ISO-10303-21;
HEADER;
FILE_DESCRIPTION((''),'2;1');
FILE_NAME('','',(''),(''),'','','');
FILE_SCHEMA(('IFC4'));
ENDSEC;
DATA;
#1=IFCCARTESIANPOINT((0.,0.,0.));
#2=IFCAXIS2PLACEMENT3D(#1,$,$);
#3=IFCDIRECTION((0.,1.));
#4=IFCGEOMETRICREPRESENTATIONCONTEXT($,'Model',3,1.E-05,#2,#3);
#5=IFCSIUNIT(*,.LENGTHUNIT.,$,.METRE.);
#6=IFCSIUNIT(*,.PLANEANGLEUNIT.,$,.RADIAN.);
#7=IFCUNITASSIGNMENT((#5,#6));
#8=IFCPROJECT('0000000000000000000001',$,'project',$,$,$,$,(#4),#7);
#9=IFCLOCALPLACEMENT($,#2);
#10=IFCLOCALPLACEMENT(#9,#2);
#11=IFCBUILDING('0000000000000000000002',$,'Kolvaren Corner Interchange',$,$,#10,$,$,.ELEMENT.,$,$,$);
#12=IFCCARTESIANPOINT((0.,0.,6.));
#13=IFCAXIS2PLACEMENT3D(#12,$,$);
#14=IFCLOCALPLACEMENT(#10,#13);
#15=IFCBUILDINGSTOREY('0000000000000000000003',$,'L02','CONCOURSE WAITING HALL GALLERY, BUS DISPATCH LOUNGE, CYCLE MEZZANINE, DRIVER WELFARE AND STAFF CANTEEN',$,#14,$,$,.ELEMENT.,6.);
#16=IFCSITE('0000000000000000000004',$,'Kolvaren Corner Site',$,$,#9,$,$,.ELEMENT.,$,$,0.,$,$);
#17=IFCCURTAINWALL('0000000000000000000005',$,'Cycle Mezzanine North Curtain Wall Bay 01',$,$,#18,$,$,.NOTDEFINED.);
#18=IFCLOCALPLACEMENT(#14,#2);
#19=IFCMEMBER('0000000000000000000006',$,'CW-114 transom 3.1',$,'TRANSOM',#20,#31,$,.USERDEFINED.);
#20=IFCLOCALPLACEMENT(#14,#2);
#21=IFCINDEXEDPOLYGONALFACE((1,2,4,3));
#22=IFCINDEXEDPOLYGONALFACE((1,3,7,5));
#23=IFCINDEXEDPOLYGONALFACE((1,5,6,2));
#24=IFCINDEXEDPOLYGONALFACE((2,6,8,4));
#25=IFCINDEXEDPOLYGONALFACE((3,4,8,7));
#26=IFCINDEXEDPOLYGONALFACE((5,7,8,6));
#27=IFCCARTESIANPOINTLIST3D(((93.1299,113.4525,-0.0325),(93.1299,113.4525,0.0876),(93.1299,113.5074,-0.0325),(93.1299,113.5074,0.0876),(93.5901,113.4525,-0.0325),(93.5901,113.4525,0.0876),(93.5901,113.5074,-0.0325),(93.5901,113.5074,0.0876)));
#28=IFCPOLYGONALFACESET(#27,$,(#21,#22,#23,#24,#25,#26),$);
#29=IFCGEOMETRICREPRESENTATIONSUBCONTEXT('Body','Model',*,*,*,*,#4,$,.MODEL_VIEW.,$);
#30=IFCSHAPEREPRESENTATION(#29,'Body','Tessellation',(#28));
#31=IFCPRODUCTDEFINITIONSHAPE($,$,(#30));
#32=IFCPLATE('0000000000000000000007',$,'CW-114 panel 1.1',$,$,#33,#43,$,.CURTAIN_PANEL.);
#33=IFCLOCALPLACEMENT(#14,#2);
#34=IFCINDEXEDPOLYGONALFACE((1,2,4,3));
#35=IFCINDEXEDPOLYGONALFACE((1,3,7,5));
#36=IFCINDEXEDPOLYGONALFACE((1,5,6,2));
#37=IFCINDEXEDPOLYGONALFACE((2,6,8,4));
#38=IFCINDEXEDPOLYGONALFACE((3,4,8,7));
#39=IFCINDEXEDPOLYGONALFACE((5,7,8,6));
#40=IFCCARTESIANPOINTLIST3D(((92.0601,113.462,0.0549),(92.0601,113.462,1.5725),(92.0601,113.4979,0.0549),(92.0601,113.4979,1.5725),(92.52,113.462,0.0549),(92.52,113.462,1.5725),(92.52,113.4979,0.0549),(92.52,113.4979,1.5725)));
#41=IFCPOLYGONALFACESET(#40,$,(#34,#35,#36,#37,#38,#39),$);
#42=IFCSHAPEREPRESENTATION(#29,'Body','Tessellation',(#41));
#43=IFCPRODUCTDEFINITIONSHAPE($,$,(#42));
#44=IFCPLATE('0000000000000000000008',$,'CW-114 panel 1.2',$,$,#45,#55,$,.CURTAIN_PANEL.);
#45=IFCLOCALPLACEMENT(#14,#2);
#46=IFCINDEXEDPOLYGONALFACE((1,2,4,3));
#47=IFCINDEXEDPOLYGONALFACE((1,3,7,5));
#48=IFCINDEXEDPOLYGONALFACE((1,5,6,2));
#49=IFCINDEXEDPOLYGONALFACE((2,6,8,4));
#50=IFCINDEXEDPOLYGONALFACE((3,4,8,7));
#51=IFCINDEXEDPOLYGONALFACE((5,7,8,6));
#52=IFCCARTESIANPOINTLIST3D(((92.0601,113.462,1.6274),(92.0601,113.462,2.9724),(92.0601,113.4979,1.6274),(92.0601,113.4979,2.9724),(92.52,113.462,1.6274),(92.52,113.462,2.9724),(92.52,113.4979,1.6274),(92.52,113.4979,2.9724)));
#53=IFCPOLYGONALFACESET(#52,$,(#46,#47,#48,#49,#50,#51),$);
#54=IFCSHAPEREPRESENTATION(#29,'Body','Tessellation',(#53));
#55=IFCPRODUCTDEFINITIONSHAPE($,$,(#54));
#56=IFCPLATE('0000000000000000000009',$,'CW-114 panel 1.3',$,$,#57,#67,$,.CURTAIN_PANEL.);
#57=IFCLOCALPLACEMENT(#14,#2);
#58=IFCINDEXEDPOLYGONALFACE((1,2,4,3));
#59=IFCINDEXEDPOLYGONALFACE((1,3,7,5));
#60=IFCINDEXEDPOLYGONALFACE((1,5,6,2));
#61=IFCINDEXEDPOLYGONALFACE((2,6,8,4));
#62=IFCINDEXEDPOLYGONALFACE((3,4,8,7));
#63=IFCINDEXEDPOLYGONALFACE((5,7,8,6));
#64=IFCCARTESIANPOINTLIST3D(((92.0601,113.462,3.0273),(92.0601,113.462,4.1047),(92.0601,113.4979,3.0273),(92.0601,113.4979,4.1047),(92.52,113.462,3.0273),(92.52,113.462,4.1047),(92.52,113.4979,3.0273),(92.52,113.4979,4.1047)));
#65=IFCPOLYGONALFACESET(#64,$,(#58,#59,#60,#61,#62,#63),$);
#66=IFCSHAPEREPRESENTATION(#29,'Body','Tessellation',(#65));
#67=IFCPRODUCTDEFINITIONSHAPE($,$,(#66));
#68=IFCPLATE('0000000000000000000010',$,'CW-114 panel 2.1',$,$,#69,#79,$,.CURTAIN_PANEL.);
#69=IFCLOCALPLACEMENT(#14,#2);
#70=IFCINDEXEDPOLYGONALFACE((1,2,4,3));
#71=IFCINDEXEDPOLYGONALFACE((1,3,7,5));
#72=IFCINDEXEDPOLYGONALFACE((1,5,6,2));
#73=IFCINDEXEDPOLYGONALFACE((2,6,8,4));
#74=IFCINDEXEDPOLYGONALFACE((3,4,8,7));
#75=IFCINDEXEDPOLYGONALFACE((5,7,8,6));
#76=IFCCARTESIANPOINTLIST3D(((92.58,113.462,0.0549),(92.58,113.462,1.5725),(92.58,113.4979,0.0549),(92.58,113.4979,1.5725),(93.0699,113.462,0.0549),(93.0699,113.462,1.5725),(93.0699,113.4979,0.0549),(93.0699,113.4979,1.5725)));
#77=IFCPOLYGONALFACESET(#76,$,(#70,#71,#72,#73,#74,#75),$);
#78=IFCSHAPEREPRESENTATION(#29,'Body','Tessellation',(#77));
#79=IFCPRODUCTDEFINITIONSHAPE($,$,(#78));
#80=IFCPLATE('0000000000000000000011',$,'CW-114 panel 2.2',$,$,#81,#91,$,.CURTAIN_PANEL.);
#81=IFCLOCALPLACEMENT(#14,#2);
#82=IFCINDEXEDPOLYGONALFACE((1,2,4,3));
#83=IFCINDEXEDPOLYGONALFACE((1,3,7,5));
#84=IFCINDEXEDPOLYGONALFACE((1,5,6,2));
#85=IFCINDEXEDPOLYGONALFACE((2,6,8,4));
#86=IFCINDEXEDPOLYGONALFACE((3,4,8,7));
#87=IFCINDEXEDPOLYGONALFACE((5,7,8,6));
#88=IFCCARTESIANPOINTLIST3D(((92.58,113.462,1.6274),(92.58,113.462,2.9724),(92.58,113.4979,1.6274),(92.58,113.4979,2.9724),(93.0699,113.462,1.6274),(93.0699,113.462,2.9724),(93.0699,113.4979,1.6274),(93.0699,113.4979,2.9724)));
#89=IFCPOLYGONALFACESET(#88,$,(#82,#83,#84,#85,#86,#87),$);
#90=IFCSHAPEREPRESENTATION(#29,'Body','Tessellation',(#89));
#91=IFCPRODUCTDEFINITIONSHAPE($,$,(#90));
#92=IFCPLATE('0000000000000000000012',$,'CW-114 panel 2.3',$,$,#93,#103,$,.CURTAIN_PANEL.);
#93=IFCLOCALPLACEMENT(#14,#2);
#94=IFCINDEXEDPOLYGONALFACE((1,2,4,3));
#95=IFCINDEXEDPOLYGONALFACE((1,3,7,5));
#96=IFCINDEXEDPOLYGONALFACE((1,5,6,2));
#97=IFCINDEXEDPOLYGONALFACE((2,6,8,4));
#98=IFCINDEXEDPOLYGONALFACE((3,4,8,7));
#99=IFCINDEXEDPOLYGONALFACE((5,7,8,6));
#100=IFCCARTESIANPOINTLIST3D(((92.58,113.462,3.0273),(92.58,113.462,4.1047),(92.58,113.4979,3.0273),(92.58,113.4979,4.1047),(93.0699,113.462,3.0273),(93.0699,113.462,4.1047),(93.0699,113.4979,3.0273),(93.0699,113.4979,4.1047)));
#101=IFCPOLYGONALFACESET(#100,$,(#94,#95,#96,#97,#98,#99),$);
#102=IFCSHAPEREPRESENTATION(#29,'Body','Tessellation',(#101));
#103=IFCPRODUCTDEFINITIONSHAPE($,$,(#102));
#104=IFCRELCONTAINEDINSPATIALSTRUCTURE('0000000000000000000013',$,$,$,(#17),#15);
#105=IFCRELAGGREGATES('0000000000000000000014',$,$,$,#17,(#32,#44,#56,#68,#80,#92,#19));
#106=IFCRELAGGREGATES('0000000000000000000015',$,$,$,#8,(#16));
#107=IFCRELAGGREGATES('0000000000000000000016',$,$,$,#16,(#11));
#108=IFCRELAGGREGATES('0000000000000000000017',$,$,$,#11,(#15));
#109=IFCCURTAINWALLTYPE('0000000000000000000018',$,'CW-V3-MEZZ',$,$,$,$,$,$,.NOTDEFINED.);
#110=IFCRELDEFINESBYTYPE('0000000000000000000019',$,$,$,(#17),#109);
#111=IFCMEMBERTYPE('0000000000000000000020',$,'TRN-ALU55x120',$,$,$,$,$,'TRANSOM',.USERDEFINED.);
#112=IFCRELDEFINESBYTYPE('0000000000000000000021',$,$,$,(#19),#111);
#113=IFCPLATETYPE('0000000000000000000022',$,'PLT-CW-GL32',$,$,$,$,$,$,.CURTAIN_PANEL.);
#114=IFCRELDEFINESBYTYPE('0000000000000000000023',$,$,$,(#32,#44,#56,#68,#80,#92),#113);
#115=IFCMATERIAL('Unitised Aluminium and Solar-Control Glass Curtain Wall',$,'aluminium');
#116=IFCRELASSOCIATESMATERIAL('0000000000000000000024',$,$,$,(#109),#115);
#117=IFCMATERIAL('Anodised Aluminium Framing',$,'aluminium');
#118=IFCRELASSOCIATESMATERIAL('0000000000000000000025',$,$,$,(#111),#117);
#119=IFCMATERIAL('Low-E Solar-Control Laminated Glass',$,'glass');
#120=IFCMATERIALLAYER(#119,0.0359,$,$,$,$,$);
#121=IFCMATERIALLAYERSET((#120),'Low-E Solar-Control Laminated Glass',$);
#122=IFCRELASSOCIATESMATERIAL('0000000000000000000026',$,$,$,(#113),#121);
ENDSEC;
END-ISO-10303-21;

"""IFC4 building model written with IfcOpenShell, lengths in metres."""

from ifc_helpers import new_model, si_unit, direction, frame, origin, origin_2d, place, context, subcontext, project, spatial, rectangle, extrude, material, layer, layer_set, material_profile, profile_set, type_object, element, aggregate, save


model = new_model("IFC4")

# Units and contexts
model_context = context("Model", 3, precision=1e-05, world=origin(), true_north=direction((0.0, 1.0)))
body_context = subcontext(model_context, "Body", "Model", "MODEL_VIEW")
ifc_project = project(units=[si_unit("LENGTHUNIT", "METRE"), si_unit("PLANEANGLEUNIT", "RADIAN")], contexts=[model_context])

# Site, building, storey
site_placement = place(None, origin())
site = spatial("IfcSite", under=ifc_project, at=site_placement, Name="Kolvaren Corner Site", CompositionType="ELEMENT", RefElevation=0.0)
building_placement = place(site_placement, origin())
building = spatial("IfcBuilding", under=site, at=building_placement, Name="Kolvaren Corner Interchange", CompositionType="ELEMENT")
storey_placement = place(building_placement, frame((0.0, 0.0, 6.0)))
storey = spatial("IfcBuildingStorey", under=building, at=storey_placement, Name="L02", Description="CONCOURSE WAITING HALL GALLERY, BUS DISPATCH LOUNGE, CYCLE MEZZANINE, DRIVER WELFARE AND STAFF CANTEEN", CompositionType="ELEMENT", Elevation=6.0)

# Curtain wall, member, plates
ifc_material_1 = material(Name="Unitised Aluminium and Solar-Control Glass Curtain Wall", Category="aluminium")
curtain_wall_type = type_object("IfcCurtainWallType", Name="CW-V3-MEZZ", PredefinedType="NOTDEFINED", material=ifc_material_1)
curtain_wall_placement = place(storey_placement, origin())
curtain_wall = element("IfcCurtainWall", 1, at=curtain_wall_placement, inside=storey, type_object=curtain_wall_type, Name="Cycle Mezzanine North Curtain Wall Bay 01", PredefinedType="NOTDEFINED")
ifc_material_2 = material(Name="Anodised Aluminium Framing", Category="aluminium")
ifc_material_profile_1 = material_profile(ifc_material_2, rectangle(XDim=0.0549, YDim=0.1201, at=origin_2d()), Name="ALU 55x120")
ifc_profile_set_1 = profile_set([ifc_material_profile_1], Name="Anodised Aluminium Framing")
member_type_1 = type_object("IfcMemberType", Name="TRN-ALU55x120", ElementType="TRANSOM", PredefinedType="USERDEFINED", material=ifc_profile_set_1)
member_1_placement = place(storey_placement, frame((93.1299, 113.48, 0.0276), z_axis=(1.0, 0.0, 0.0), x_axis=(0.0, 1.0, 0.0)))
member_1 = element("IfcMember", 2, at=member_1_placement, type_object=member_type_1, Name="CW-114 transom 3.1", ObjectType="TRANSOM", PredefinedType="USERDEFINED", context=body_context, shape_type="SweptSolid", body=[
    extrude(rectangle(XDim=0.0549, YDim=0.1201, at=origin_2d()), origin(), (0.0, 0.0, 1.0), 0.4602),
])
ifc_material_3 = material(Name="Low-E Solar-Control Laminated Glass", Category="glass")
ifc_layer = layer(ifc_material_3, 0.0359)
ifc_layer_set = layer_set([ifc_layer], Name="Low-E Solar-Control Laminated Glass")
plate_type = type_object("IfcPlateType", Name="PLT-CW-GL32", PredefinedType="CURTAIN_PANEL", material=ifc_layer_set)
plate_1_placement = place(storey_placement, frame((92.29, 113.48, 0.0549), z_axis=(0.0, 0.0, 1.0), x_axis=(1.0, 0.0, 0.0)))
plate_1 = element("IfcPlate", 3, at=plate_1_placement, type_object=plate_type, Name="CW-114 panel 1.1", PredefinedType="CURTAIN_PANEL", context=body_context, shape_type="SweptSolid", body=[
    extrude(rectangle(XDim=0.46, YDim=0.0359, at=origin_2d()), origin(), (0.0, 0.0, 1.0), 1.5176),
])
plate_2_placement = place(storey_placement, frame((92.29, 113.48, 1.6274), z_axis=(0.0, 0.0, 1.0), x_axis=(1.0, 0.0, 0.0)))
plate_2 = element("IfcPlate", 4, at=plate_2_placement, type_object=plate_type, Name="CW-114 panel 1.2", PredefinedType="CURTAIN_PANEL", context=body_context, shape_type="SweptSolid", body=[
    extrude(rectangle(XDim=0.46, YDim=0.0359, at=origin_2d()), origin(), (0.0, 0.0, 1.0), 1.345),
])
plate_3_placement = place(storey_placement, frame((92.29, 113.48, 3.0273), z_axis=(0.0, 0.0, 1.0), x_axis=(1.0, 0.0, 0.0)))
plate_3 = element("IfcPlate", 5, at=plate_3_placement, type_object=plate_type, Name="CW-114 panel 1.3", PredefinedType="CURTAIN_PANEL", context=body_context, shape_type="SweptSolid", body=[
    extrude(rectangle(XDim=0.46, YDim=0.0359, at=origin_2d()), origin(), (0.0, 0.0, 1.0), 1.0774),
])
plate_4_placement = place(storey_placement, frame((92.825, 113.48, 0.0549), z_axis=(0.0, 0.0, 1.0), x_axis=(1.0, 0.0, 0.0)))
plate_4 = element("IfcPlate", 6, at=plate_4_placement, type_object=plate_type, Name="CW-114 panel 2.1", PredefinedType="CURTAIN_PANEL", context=body_context, shape_type="SweptSolid", body=[
    extrude(rectangle(XDim=0.49, YDim=0.0359, at=origin_2d()), origin(), (0.0, 0.0, 1.0), 1.5176),
])
plate_5_placement = place(storey_placement, frame((92.825, 113.48, 1.6274), z_axis=(0.0, 0.0, 1.0), x_axis=(1.0, 0.0, 0.0)))
plate_5 = element("IfcPlate", 7, at=plate_5_placement, type_object=plate_type, Name="CW-114 panel 2.2", PredefinedType="CURTAIN_PANEL", context=body_context, shape_type="SweptSolid", body=[
    extrude(rectangle(XDim=0.49, YDim=0.0359, at=origin_2d()), origin(), (0.0, 0.0, 1.0), 1.345),
])
plate_6_placement = place(storey_placement, frame((92.825, 113.48, 3.0273), z_axis=(0.0, 0.0, 1.0), x_axis=(1.0, 0.0, 0.0)))
plate_6 = element("IfcPlate", 8, at=plate_6_placement, type_object=plate_type, Name="CW-114 panel 2.3", PredefinedType="CURTAIN_PANEL", context=body_context, shape_type="SweptSolid", body=[
    extrude(rectangle(XDim=0.49, YDim=0.0359, at=origin_2d()), origin(), (0.0, 0.0, 1.0), 1.0774),
])
aggregate(curtain_wall, [plate_1, plate_2, plate_3, plate_4, plate_5, plate_6, member_1])

save(model, "model.ifc")
